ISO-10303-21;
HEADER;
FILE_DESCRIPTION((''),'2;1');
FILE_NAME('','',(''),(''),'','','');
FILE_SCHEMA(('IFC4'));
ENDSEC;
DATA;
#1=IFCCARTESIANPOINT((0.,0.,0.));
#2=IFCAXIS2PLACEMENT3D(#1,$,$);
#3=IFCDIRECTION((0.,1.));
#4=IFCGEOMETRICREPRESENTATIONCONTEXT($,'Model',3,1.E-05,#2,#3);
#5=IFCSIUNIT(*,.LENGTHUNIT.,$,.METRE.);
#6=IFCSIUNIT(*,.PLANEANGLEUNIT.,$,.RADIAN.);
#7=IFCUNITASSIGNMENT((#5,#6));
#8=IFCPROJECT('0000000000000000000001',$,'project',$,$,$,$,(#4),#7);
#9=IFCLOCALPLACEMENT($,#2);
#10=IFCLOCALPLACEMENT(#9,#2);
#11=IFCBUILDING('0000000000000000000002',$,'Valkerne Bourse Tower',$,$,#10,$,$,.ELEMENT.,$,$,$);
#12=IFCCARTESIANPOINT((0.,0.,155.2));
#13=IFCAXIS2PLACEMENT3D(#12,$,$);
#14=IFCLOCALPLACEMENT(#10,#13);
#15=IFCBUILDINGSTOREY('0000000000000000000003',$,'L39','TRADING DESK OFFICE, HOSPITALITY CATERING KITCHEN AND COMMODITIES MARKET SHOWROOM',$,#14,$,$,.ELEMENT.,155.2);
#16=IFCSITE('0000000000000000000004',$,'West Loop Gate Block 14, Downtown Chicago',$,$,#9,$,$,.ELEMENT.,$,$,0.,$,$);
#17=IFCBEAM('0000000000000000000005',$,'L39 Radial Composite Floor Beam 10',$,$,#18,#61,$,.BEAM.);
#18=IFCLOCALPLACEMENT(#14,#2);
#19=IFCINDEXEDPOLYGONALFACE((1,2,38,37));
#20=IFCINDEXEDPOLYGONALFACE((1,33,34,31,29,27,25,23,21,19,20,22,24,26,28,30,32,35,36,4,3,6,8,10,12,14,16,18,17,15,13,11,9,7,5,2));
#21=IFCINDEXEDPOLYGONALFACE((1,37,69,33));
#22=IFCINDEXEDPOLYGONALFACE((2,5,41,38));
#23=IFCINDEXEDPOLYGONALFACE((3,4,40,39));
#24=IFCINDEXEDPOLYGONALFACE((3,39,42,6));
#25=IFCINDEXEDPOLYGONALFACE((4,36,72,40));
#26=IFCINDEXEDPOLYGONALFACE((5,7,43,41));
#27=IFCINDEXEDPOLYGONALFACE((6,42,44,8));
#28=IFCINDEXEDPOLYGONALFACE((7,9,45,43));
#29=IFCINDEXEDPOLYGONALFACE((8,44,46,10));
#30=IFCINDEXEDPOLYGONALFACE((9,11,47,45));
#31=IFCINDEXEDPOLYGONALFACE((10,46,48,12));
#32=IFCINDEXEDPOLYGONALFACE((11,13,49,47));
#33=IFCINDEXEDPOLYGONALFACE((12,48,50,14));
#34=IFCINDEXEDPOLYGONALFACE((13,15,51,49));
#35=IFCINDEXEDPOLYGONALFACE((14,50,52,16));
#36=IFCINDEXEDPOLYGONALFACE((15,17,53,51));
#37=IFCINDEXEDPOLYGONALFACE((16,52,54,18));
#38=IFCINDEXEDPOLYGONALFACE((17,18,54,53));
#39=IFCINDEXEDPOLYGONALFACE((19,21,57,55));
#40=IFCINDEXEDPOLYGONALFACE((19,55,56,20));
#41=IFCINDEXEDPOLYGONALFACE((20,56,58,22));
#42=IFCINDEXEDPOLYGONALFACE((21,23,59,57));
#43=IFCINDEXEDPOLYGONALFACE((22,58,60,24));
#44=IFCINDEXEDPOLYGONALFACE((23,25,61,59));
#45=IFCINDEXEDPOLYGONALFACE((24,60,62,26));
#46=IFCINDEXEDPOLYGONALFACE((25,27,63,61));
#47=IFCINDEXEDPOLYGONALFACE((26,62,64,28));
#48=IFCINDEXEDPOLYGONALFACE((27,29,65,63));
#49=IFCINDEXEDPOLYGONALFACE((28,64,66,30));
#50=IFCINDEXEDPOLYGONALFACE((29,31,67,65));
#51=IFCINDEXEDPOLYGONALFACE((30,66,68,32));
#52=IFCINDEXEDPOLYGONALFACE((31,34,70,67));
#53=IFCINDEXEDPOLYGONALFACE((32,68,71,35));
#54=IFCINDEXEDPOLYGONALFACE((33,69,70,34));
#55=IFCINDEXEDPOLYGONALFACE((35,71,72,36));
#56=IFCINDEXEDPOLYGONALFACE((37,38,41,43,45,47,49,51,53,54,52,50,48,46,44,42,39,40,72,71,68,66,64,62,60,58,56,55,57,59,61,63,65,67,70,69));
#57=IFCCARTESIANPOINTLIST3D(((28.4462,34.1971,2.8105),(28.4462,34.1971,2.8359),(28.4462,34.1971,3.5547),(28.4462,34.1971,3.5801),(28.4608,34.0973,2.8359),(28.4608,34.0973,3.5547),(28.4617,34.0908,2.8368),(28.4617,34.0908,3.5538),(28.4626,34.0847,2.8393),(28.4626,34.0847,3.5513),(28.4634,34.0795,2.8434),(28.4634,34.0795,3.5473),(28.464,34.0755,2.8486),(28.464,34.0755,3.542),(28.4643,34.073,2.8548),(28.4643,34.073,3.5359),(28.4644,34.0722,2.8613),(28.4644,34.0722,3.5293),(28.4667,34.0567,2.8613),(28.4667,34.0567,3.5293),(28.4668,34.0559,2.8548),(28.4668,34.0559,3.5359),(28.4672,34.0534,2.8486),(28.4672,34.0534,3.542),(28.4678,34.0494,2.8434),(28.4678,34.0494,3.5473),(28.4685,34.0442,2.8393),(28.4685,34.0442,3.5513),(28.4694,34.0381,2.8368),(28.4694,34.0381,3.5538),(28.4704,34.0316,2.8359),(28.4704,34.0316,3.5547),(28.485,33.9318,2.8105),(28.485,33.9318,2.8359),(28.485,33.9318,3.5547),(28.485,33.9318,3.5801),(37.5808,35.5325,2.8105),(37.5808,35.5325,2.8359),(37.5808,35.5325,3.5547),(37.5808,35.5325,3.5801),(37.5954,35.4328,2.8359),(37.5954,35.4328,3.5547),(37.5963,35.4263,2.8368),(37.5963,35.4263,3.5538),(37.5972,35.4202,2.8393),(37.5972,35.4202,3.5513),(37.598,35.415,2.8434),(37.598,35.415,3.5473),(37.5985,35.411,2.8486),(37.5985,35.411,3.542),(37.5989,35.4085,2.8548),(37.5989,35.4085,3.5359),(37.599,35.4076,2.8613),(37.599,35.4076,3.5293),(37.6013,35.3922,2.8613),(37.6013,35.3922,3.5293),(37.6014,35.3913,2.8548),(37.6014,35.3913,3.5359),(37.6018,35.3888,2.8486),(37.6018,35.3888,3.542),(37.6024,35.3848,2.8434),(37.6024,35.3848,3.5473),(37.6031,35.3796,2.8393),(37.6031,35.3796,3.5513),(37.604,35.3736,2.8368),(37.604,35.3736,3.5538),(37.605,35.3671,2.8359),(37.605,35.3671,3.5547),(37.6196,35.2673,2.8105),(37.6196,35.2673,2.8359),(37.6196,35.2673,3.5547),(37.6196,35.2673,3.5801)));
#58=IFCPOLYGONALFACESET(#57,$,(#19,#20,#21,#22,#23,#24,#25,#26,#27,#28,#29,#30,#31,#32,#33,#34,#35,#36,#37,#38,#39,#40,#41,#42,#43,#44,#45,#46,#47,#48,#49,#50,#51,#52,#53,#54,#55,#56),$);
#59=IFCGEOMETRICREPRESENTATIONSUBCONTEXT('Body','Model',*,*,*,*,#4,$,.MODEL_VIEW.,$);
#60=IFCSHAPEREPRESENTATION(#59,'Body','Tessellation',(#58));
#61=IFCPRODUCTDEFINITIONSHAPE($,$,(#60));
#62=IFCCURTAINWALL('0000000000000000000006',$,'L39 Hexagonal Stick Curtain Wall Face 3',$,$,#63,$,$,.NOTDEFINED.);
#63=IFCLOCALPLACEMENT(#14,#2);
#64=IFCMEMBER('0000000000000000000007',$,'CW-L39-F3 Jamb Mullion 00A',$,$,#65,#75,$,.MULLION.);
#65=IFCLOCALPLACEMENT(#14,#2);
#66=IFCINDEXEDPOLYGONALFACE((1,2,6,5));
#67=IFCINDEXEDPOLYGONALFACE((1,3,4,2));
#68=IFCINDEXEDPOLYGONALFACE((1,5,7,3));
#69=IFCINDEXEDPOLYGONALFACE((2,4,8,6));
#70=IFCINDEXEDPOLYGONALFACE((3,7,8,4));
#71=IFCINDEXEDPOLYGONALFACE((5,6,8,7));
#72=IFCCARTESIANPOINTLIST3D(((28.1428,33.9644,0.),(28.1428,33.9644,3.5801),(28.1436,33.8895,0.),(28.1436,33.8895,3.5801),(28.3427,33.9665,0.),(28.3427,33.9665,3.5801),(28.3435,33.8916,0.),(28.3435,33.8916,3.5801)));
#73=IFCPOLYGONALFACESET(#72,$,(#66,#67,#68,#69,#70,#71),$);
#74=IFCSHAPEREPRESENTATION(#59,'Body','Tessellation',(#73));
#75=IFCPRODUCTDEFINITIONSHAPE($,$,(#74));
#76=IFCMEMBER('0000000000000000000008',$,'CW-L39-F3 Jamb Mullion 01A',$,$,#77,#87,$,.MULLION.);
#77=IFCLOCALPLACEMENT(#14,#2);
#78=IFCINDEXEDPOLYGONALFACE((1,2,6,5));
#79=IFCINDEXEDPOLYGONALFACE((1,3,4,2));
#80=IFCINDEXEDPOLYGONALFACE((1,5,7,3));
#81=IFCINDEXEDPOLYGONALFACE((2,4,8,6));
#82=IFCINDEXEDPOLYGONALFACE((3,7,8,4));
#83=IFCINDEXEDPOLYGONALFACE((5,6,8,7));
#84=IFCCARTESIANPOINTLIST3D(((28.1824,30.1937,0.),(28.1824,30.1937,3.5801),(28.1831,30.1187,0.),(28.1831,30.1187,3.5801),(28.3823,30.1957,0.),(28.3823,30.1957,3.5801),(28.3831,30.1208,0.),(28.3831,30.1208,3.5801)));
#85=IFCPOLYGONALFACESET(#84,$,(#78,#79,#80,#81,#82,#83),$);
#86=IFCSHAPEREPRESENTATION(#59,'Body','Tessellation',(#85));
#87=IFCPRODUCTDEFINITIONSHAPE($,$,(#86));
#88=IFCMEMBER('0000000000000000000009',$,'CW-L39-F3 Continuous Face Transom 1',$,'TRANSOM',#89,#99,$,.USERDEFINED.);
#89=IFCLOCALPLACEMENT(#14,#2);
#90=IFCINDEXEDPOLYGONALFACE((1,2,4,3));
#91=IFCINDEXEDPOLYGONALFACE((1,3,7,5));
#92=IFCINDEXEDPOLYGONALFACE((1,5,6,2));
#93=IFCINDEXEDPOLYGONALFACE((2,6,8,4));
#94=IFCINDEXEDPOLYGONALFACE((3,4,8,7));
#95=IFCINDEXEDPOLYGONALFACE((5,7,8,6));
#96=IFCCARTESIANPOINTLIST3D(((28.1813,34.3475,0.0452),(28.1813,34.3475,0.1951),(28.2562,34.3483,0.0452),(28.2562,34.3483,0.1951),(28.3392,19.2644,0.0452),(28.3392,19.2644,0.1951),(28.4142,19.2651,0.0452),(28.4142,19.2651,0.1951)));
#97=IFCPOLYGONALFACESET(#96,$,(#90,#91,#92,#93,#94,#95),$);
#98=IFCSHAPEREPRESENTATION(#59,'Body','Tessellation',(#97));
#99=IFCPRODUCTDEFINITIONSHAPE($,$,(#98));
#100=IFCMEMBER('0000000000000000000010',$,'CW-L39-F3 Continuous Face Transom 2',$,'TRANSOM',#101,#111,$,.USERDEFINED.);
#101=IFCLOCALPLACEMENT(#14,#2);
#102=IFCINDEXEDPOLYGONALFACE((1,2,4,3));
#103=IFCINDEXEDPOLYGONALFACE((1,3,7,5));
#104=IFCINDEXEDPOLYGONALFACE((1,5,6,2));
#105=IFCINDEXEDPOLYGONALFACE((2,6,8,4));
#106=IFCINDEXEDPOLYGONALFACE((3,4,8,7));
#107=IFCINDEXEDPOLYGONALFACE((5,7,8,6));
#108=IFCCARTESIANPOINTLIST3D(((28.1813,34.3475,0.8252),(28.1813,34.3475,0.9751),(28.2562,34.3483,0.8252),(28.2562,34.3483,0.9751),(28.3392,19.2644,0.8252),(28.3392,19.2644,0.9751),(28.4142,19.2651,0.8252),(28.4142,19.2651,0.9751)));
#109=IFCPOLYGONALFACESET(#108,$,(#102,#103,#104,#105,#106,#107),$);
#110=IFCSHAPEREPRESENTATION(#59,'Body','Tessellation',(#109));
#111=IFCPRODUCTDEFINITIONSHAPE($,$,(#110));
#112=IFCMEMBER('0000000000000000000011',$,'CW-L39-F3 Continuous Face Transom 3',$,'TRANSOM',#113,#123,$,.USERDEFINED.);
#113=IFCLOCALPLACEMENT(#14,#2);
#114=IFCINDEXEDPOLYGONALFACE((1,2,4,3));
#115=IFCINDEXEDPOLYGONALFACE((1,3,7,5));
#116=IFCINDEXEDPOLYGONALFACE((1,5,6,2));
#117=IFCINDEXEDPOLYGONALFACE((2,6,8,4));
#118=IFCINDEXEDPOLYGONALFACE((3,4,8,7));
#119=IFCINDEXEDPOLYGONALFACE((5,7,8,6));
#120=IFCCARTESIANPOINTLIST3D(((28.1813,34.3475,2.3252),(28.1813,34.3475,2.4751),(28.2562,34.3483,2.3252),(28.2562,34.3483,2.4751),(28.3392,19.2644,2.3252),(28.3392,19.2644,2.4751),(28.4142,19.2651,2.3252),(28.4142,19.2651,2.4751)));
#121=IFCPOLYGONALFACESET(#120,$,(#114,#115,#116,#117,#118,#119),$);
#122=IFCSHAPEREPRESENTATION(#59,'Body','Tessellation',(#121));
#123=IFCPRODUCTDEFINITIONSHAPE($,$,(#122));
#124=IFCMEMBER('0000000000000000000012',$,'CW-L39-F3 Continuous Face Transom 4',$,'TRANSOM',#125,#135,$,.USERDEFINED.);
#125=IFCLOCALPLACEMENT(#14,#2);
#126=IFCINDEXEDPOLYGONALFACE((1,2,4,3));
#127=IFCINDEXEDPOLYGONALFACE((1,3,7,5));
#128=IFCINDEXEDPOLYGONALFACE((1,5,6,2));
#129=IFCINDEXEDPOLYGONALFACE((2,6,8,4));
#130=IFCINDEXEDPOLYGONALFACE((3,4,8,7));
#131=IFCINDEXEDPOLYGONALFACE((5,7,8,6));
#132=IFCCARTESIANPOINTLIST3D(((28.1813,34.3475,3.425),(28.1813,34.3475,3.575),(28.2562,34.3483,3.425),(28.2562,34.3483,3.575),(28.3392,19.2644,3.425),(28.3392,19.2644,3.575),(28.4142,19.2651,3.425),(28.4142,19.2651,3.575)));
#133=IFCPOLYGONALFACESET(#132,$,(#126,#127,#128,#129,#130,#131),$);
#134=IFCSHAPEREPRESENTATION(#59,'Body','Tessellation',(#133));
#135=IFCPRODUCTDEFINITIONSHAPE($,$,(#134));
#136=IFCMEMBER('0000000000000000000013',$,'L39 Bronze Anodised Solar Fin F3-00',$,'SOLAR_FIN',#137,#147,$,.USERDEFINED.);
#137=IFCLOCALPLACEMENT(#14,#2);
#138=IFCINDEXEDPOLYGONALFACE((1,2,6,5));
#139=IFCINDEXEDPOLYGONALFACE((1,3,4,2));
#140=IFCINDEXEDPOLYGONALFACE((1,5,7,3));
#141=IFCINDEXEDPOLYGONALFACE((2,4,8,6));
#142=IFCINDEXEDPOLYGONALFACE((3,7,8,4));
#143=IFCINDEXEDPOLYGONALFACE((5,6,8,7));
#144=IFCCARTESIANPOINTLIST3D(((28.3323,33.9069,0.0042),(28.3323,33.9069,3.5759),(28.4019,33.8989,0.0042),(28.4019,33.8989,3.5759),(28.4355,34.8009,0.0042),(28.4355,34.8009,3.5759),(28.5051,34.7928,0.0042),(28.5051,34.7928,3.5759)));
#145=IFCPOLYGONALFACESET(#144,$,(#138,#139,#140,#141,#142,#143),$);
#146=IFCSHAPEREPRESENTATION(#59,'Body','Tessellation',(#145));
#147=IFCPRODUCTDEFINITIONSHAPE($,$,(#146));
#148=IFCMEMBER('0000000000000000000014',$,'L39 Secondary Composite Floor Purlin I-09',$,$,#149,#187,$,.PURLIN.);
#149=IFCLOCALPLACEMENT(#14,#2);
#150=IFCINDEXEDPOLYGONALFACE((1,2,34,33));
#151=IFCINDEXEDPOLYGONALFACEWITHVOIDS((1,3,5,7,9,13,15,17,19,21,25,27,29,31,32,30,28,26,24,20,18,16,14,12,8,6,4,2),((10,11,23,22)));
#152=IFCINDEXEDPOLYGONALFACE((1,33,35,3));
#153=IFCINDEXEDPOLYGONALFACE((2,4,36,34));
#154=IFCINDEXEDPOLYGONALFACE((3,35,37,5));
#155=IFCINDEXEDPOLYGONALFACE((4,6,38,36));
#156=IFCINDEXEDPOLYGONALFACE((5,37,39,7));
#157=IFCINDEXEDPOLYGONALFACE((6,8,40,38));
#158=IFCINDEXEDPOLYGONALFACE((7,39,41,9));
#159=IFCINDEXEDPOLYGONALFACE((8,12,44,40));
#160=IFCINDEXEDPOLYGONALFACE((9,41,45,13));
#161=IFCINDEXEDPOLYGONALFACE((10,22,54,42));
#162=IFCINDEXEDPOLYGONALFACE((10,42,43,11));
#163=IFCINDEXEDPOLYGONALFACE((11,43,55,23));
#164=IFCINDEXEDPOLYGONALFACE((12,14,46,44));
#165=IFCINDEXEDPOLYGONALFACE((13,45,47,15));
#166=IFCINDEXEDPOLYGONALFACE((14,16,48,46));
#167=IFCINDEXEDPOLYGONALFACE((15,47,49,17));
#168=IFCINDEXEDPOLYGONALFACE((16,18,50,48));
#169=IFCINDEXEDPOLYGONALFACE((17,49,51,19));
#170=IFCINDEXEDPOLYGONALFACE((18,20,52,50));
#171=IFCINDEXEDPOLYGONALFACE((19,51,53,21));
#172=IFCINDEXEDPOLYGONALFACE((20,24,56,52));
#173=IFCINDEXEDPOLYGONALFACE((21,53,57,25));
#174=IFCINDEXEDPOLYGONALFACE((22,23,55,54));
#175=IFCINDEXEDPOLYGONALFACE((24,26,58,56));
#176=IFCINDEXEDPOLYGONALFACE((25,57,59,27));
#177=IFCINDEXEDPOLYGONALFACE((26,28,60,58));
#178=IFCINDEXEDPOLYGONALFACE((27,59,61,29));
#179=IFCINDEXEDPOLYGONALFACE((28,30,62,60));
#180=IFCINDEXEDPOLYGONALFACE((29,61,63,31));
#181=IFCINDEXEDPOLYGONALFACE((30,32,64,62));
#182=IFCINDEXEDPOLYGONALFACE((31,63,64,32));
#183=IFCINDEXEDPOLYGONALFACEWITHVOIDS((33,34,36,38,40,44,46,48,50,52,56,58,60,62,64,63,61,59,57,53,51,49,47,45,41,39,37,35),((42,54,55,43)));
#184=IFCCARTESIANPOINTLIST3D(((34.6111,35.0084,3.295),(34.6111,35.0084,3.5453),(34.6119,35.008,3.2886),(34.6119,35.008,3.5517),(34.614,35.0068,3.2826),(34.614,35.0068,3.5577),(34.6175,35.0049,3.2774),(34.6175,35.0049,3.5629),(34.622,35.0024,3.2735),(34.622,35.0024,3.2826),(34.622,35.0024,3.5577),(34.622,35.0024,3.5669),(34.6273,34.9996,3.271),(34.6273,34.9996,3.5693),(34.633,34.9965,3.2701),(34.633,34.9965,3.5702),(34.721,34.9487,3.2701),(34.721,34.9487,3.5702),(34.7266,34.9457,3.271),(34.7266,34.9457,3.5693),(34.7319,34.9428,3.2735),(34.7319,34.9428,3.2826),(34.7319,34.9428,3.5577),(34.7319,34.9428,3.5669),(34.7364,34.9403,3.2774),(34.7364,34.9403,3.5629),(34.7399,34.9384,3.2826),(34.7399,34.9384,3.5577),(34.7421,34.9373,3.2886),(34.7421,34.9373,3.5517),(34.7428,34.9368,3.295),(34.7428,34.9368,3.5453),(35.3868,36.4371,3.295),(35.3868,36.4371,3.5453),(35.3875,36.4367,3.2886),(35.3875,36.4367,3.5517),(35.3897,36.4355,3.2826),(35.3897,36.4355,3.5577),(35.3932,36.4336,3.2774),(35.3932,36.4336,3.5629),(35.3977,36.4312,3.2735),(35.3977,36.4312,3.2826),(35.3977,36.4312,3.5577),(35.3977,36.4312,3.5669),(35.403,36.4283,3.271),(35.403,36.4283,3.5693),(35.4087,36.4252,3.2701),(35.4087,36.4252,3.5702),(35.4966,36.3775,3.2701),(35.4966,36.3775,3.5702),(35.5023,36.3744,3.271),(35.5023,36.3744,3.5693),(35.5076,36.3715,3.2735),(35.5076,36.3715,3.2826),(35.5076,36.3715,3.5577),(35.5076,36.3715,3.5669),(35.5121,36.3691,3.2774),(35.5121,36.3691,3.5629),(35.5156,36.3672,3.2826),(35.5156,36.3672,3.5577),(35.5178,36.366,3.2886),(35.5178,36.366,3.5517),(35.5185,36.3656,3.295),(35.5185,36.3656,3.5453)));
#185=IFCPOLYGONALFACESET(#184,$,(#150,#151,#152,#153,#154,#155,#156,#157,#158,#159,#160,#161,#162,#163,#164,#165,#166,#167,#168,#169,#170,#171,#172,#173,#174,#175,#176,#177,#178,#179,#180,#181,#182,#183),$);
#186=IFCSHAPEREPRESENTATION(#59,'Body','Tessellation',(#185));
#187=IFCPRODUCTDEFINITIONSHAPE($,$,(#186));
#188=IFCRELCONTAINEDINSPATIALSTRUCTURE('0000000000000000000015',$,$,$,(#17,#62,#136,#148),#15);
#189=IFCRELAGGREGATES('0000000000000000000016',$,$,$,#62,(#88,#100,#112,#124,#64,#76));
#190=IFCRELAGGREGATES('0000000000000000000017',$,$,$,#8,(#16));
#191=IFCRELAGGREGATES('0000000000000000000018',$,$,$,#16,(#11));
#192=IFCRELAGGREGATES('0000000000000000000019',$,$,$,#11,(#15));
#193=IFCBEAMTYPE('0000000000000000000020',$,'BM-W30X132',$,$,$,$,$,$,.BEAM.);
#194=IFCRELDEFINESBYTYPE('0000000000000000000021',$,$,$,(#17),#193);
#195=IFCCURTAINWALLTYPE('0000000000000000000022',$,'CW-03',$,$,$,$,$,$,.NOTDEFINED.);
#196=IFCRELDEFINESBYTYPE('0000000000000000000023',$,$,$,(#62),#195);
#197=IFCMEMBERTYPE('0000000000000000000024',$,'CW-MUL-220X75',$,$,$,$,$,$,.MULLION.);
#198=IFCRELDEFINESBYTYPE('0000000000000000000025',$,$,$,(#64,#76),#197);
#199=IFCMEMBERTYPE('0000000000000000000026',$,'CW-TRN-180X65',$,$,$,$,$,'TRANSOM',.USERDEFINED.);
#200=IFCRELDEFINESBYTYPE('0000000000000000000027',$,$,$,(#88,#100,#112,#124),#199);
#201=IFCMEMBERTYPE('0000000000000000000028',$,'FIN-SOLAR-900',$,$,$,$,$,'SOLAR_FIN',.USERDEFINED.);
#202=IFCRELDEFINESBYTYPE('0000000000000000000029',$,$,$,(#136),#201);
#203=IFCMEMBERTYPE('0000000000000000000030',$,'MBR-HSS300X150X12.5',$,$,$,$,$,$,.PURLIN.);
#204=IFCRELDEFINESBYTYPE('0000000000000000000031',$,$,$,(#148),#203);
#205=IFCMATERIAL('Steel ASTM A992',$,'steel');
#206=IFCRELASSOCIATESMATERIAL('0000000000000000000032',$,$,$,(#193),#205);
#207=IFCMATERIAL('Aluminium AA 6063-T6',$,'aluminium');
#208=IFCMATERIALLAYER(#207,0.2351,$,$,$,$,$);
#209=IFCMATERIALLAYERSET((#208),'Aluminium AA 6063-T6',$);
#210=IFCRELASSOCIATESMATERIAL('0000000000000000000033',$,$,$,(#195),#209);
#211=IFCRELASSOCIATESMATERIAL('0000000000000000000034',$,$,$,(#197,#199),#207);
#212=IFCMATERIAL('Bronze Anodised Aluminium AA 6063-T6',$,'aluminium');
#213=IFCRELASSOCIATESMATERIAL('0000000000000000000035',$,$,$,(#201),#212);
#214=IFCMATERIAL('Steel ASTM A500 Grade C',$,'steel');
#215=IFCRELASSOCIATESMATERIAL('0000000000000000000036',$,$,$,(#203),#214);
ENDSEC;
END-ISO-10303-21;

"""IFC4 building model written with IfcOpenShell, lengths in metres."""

from ifc_helpers import new_model, si_unit, direction, frame, origin, origin_2d, place, context, subcontext, project, spatial, rectangle, hollow_rectangle, i_section, extrude, material, layer, layer_set, material_profile, profile_set, type_object, element, aggregate, save


model = new_model("IFC4")

# Units and contexts
model_context = context("Model", 3, precision=1e-05, world=origin(), true_north=direction((0.0, 1.0)))
body_context = subcontext(model_context, "Body", "Model", "MODEL_VIEW")
ifc_project = project(units=[si_unit("LENGTHUNIT", "METRE"), si_unit("PLANEANGLEUNIT", "RADIAN")], contexts=[model_context])

# Site, building, storey
site_placement = place(None, origin())
site = spatial("IfcSite", under=ifc_project, at=site_placement, Name="West Loop Gate Block 14, Downtown Chicago", CompositionType="ELEMENT", RefElevation=0.0)
building_placement = place(site_placement, origin())
building = spatial("IfcBuilding", under=site, at=building_placement, Name="Valkerne Bourse Tower", CompositionType="ELEMENT")
storey_placement = place(building_placement, frame((0.0, 0.0, 155.2)))
storey = spatial("IfcBuildingStorey", under=building, at=storey_placement, Name="L39", Description="TRADING DESK OFFICE, HOSPITALITY CATERING KITCHEN AND COMMODITIES MARKET SHOWROOM", CompositionType="ELEMENT", Elevation=155.2)

# Beam
ifc_material_1 = material(Name="Steel ASTM A992", Category="steel")
ifc_material_profile_1 = material_profile(ifc_material_1, i_section(OverallWidth=0.2681, OverallDepth=0.7695, WebThickness=0.0156, FlangeThickness=0.0254, FilletRadius=0.0254, at=origin_2d()), Name="W30X132")
ifc_profile_set_1 = profile_set([ifc_material_profile_1], Name="Steel ASTM A992")
beam_type_1 = type_object("IfcBeamType", Name="BM-W30X132", PredefinedType="BEAM", material=ifc_profile_set_1)
beam_placement = place(storey_placement, frame((28.4656, 34.0645, 3.1953), z_axis=(0.989481, 0.14466, 0.0), x_axis=(-0.14466, 0.989481, 0.0)))
element("IfcBeam", 1, at=beam_placement, inside=storey, type_object=beam_type_1, Name="L39 Radial Composite Floor Beam 10", PredefinedType="BEAM", context=body_context, shape_type="SweptSolid", body=[
    extrude(i_section(OverallWidth=0.2681, OverallDepth=0.7695, WebThickness=0.0156, FlangeThickness=0.0254, FilletRadius=0.0254, at=origin_2d()), origin(), (0.0, 0.0, 1.0), 9.2317),
])

# Curtain wall, members
ifc_material_2 = material(Name="Aluminium AA 6063-T6", Category="aluminium")
ifc_layer_1 = layer(ifc_material_2, 0.2351)
ifc_layer_set_1 = layer_set([ifc_layer_1], Name="Aluminium AA 6063-T6")
curtain_wall_type = type_object("IfcCurtainWallType", Name="CW-03", PredefinedType="NOTDEFINED", material=ifc_layer_set_1)
curtain_wall_placement = place(storey_placement, origin())
curtain_wall = element("IfcCurtainWall", 2, at=curtain_wall_placement, inside=storey, type_object=curtain_wall_type, Name="L39 Hexagonal Stick Curtain Wall Face 3", PredefinedType="NOTDEFINED")
ifc_material_profile_2 = material_profile(ifc_material_2, rectangle(XDim=0.075, YDim=0.2, at=origin_2d()), Name="CWM-75X200")
ifc_profile_set_2 = profile_set([ifc_material_profile_2], Name="Aluminium AA 6063-T6")
member_type_1 = type_object("IfcMemberType", Name="CW-MUL-220X75", PredefinedType="MULLION", material=ifc_profile_set_2)
member_1_placement = place(storey_placement, frame((28.2432, 33.928, 0.0), z_axis=(0.0, 0.0, 1.0), x_axis=(0.010475, -0.999945, 0.0)))
member_1 = element("IfcMember", 3, at=member_1_placement, type_object=member_type_1, Name="CW-L39-F3 Jamb Mullion 00A", PredefinedType="MULLION", context=body_context, shape_type="SweptSolid", body=[
    extrude(rectangle(XDim=0.075, YDim=0.2, at=origin_2d()), origin(), (0.0, 0.0, 1.0), 3.5801),
])
member_2_placement = place(storey_placement, frame((28.2827, 30.1572, 0.0), z_axis=(0.0, 0.0, 1.0), x_axis=(0.010475, -0.999945, 0.0)))
member_2 = element("IfcMember", 4, at=member_2_placement, type_object=member_type_1, Name="CW-L39-F3 Jamb Mullion 01A", PredefinedType="MULLION", context=body_context, shape_type="SweptSolid", body=[
    extrude(rectangle(XDim=0.075, YDim=0.2, at=origin_2d()), origin(), (0.0, 0.0, 1.0), 3.5801),
])
ifc_material_profile_3 = material_profile(ifc_material_2, rectangle(XDim=0.075, YDim=0.1499, at=origin_2d()), Name="CWT-75X150")
ifc_profile_set_3 = profile_set([ifc_material_profile_3], Name="Aluminium AA 6063-T6")
member_type_2 = type_object("IfcMemberType", Name="CW-TRN-180X65", ElementType="TRANSOM", PredefinedType="USERDEFINED", material=ifc_profile_set_3)
member_3_placement = place(storey_placement, frame((28.2188, 34.3479, 0.1201), z_axis=(0.010472, -0.999945, 0.0), x_axis=(0.999945, 0.010472, 0.0)))
member_3 = element("IfcMember", 5, at=member_3_placement, type_object=member_type_2, Name="CW-L39-F3 Continuous Face Transom 1", ObjectType="TRANSOM", PredefinedType="USERDEFINED", context=body_context, shape_type="SweptSolid", body=[
    extrude(rectangle(XDim=0.075, YDim=0.1499, at=origin_2d()), origin(), (0.0, 0.0, 1.0), 15.084),
])
member_4_placement = place(storey_placement, frame((28.2188, 34.3479, 0.9001), z_axis=(0.010472, -0.999945, 0.0), x_axis=(0.999945, 0.010472, 0.0)))
member_4 = element("IfcMember", 6, at=member_4_placement, type_object=member_type_2, Name="CW-L39-F3 Continuous Face Transom 2", ObjectType="TRANSOM", PredefinedType="USERDEFINED", context=body_context, shape_type="SweptSolid", body=[
    extrude(rectangle(XDim=0.075, YDim=0.1499, at=origin_2d()), origin(), (0.0, 0.0, 1.0), 15.084),
])
member_5_placement = place(storey_placement, frame((28.2188, 34.3479, 2.4001), z_axis=(0.010472, -0.999945, 0.0), x_axis=(0.999945, 0.010472, 0.0)))
member_5 = element("IfcMember", 7, at=member_5_placement, type_object=member_type_2, Name="CW-L39-F3 Continuous Face Transom 3", ObjectType="TRANSOM", PredefinedType="USERDEFINED", context=body_context, shape_type="SweptSolid", body=[
    extrude(rectangle(XDim=0.075, YDim=0.1499, at=origin_2d()), origin(), (0.0, 0.0, 1.0), 15.084),
])
member_6_placement = place(storey_placement, frame((28.2188, 34.3479, 3.5), z_axis=(0.010472, -0.999945, 0.0), x_axis=(0.999945, 0.010472, 0.0)))
member_6 = element("IfcMember", 8, at=member_6_placement, type_object=member_type_2, Name="CW-L39-F3 Continuous Face Transom 4", ObjectType="TRANSOM", PredefinedType="USERDEFINED", context=body_context, shape_type="SweptSolid", body=[
    extrude(rectangle(XDim=0.075, YDim=0.1499, at=origin_2d()), origin(), (0.0, 0.0, 1.0), 15.084),
])

# Members
ifc_material_3 = material(Name="Bronze Anodised Aluminium AA 6063-T6", Category="aluminium")
ifc_material_profile_4 = material_profile(ifc_material_3, rectangle(XDim=0.0701, YDim=0.8999, at=origin_2d()), Name="FIN-70X900")
ifc_profile_set_4 = profile_set([ifc_material_profile_4], Name="Bronze Anodised Aluminium AA 6063-T6")
member_type_3 = type_object("IfcMemberType", Name="FIN-SOLAR-900", ElementType="SOLAR_FIN", PredefinedType="USERDEFINED", material=ifc_profile_set_4)
member_7_placement = place(storey_placement, frame((28.4187, 34.3499, 0.0042), z_axis=(0.0, 0.0, 1.0), x_axis=(-0.993394, 0.114753, 0.0)))
element("IfcMember", 9, at=member_7_placement, inside=storey, type_object=member_type_3, Name="L39 Bronze Anodised Solar Fin F3-00", ObjectType="SOLAR_FIN", PredefinedType="USERDEFINED", context=body_context, shape_type="SweptSolid", body=[
    extrude(rectangle(XDim=0.0701, YDim=0.8999, at=origin_2d()), origin(), (0.0, 0.0, 1.0), 3.5718),
])
ifc_material_4 = material(Name="Steel ASTM A500 Grade C", Category="steel")
ifc_material_profile_5 = material_profile(ifc_material_4, hollow_rectangle(XDim=0.1499, YDim=0.3, WallThickness=0.0125, OuterFilletRadius=0.0249, at=origin_2d()), Name="HSS300X150X12.5")
ifc_profile_set_5 = profile_set([ifc_material_profile_5], Name="Steel ASTM A500 Grade C")
member_type_4 = type_object("IfcMemberType", Name="MBR-HSS300X150X12.5", PredefinedType="PURLIN", material=ifc_profile_set_5)
member_8_placement = place(storey_placement, frame((35.4526, 36.4014, 3.4202), z_axis=(-0.477115, -0.878841, 0.0), x_axis=(0.878841, -0.477115, 0.0)))
element("IfcMember", 10, at=member_8_placement, inside=storey, type_object=member_type_4, Name="L39 Secondary Composite Floor Purlin I-09", PredefinedType="PURLIN", context=body_context, shape_type="SweptSolid", body=[
    extrude(hollow_rectangle(XDim=0.1499, YDim=0.3, WallThickness=0.0125, OuterFilletRadius=0.0249, at=origin_2d()), origin(), (0.0, 0.0, 1.0), 1.6257),
])

aggregate(curtain_wall, [member_3, member_4, member_5, member_6, member_1, member_2])

save(model, "model.ifc")
